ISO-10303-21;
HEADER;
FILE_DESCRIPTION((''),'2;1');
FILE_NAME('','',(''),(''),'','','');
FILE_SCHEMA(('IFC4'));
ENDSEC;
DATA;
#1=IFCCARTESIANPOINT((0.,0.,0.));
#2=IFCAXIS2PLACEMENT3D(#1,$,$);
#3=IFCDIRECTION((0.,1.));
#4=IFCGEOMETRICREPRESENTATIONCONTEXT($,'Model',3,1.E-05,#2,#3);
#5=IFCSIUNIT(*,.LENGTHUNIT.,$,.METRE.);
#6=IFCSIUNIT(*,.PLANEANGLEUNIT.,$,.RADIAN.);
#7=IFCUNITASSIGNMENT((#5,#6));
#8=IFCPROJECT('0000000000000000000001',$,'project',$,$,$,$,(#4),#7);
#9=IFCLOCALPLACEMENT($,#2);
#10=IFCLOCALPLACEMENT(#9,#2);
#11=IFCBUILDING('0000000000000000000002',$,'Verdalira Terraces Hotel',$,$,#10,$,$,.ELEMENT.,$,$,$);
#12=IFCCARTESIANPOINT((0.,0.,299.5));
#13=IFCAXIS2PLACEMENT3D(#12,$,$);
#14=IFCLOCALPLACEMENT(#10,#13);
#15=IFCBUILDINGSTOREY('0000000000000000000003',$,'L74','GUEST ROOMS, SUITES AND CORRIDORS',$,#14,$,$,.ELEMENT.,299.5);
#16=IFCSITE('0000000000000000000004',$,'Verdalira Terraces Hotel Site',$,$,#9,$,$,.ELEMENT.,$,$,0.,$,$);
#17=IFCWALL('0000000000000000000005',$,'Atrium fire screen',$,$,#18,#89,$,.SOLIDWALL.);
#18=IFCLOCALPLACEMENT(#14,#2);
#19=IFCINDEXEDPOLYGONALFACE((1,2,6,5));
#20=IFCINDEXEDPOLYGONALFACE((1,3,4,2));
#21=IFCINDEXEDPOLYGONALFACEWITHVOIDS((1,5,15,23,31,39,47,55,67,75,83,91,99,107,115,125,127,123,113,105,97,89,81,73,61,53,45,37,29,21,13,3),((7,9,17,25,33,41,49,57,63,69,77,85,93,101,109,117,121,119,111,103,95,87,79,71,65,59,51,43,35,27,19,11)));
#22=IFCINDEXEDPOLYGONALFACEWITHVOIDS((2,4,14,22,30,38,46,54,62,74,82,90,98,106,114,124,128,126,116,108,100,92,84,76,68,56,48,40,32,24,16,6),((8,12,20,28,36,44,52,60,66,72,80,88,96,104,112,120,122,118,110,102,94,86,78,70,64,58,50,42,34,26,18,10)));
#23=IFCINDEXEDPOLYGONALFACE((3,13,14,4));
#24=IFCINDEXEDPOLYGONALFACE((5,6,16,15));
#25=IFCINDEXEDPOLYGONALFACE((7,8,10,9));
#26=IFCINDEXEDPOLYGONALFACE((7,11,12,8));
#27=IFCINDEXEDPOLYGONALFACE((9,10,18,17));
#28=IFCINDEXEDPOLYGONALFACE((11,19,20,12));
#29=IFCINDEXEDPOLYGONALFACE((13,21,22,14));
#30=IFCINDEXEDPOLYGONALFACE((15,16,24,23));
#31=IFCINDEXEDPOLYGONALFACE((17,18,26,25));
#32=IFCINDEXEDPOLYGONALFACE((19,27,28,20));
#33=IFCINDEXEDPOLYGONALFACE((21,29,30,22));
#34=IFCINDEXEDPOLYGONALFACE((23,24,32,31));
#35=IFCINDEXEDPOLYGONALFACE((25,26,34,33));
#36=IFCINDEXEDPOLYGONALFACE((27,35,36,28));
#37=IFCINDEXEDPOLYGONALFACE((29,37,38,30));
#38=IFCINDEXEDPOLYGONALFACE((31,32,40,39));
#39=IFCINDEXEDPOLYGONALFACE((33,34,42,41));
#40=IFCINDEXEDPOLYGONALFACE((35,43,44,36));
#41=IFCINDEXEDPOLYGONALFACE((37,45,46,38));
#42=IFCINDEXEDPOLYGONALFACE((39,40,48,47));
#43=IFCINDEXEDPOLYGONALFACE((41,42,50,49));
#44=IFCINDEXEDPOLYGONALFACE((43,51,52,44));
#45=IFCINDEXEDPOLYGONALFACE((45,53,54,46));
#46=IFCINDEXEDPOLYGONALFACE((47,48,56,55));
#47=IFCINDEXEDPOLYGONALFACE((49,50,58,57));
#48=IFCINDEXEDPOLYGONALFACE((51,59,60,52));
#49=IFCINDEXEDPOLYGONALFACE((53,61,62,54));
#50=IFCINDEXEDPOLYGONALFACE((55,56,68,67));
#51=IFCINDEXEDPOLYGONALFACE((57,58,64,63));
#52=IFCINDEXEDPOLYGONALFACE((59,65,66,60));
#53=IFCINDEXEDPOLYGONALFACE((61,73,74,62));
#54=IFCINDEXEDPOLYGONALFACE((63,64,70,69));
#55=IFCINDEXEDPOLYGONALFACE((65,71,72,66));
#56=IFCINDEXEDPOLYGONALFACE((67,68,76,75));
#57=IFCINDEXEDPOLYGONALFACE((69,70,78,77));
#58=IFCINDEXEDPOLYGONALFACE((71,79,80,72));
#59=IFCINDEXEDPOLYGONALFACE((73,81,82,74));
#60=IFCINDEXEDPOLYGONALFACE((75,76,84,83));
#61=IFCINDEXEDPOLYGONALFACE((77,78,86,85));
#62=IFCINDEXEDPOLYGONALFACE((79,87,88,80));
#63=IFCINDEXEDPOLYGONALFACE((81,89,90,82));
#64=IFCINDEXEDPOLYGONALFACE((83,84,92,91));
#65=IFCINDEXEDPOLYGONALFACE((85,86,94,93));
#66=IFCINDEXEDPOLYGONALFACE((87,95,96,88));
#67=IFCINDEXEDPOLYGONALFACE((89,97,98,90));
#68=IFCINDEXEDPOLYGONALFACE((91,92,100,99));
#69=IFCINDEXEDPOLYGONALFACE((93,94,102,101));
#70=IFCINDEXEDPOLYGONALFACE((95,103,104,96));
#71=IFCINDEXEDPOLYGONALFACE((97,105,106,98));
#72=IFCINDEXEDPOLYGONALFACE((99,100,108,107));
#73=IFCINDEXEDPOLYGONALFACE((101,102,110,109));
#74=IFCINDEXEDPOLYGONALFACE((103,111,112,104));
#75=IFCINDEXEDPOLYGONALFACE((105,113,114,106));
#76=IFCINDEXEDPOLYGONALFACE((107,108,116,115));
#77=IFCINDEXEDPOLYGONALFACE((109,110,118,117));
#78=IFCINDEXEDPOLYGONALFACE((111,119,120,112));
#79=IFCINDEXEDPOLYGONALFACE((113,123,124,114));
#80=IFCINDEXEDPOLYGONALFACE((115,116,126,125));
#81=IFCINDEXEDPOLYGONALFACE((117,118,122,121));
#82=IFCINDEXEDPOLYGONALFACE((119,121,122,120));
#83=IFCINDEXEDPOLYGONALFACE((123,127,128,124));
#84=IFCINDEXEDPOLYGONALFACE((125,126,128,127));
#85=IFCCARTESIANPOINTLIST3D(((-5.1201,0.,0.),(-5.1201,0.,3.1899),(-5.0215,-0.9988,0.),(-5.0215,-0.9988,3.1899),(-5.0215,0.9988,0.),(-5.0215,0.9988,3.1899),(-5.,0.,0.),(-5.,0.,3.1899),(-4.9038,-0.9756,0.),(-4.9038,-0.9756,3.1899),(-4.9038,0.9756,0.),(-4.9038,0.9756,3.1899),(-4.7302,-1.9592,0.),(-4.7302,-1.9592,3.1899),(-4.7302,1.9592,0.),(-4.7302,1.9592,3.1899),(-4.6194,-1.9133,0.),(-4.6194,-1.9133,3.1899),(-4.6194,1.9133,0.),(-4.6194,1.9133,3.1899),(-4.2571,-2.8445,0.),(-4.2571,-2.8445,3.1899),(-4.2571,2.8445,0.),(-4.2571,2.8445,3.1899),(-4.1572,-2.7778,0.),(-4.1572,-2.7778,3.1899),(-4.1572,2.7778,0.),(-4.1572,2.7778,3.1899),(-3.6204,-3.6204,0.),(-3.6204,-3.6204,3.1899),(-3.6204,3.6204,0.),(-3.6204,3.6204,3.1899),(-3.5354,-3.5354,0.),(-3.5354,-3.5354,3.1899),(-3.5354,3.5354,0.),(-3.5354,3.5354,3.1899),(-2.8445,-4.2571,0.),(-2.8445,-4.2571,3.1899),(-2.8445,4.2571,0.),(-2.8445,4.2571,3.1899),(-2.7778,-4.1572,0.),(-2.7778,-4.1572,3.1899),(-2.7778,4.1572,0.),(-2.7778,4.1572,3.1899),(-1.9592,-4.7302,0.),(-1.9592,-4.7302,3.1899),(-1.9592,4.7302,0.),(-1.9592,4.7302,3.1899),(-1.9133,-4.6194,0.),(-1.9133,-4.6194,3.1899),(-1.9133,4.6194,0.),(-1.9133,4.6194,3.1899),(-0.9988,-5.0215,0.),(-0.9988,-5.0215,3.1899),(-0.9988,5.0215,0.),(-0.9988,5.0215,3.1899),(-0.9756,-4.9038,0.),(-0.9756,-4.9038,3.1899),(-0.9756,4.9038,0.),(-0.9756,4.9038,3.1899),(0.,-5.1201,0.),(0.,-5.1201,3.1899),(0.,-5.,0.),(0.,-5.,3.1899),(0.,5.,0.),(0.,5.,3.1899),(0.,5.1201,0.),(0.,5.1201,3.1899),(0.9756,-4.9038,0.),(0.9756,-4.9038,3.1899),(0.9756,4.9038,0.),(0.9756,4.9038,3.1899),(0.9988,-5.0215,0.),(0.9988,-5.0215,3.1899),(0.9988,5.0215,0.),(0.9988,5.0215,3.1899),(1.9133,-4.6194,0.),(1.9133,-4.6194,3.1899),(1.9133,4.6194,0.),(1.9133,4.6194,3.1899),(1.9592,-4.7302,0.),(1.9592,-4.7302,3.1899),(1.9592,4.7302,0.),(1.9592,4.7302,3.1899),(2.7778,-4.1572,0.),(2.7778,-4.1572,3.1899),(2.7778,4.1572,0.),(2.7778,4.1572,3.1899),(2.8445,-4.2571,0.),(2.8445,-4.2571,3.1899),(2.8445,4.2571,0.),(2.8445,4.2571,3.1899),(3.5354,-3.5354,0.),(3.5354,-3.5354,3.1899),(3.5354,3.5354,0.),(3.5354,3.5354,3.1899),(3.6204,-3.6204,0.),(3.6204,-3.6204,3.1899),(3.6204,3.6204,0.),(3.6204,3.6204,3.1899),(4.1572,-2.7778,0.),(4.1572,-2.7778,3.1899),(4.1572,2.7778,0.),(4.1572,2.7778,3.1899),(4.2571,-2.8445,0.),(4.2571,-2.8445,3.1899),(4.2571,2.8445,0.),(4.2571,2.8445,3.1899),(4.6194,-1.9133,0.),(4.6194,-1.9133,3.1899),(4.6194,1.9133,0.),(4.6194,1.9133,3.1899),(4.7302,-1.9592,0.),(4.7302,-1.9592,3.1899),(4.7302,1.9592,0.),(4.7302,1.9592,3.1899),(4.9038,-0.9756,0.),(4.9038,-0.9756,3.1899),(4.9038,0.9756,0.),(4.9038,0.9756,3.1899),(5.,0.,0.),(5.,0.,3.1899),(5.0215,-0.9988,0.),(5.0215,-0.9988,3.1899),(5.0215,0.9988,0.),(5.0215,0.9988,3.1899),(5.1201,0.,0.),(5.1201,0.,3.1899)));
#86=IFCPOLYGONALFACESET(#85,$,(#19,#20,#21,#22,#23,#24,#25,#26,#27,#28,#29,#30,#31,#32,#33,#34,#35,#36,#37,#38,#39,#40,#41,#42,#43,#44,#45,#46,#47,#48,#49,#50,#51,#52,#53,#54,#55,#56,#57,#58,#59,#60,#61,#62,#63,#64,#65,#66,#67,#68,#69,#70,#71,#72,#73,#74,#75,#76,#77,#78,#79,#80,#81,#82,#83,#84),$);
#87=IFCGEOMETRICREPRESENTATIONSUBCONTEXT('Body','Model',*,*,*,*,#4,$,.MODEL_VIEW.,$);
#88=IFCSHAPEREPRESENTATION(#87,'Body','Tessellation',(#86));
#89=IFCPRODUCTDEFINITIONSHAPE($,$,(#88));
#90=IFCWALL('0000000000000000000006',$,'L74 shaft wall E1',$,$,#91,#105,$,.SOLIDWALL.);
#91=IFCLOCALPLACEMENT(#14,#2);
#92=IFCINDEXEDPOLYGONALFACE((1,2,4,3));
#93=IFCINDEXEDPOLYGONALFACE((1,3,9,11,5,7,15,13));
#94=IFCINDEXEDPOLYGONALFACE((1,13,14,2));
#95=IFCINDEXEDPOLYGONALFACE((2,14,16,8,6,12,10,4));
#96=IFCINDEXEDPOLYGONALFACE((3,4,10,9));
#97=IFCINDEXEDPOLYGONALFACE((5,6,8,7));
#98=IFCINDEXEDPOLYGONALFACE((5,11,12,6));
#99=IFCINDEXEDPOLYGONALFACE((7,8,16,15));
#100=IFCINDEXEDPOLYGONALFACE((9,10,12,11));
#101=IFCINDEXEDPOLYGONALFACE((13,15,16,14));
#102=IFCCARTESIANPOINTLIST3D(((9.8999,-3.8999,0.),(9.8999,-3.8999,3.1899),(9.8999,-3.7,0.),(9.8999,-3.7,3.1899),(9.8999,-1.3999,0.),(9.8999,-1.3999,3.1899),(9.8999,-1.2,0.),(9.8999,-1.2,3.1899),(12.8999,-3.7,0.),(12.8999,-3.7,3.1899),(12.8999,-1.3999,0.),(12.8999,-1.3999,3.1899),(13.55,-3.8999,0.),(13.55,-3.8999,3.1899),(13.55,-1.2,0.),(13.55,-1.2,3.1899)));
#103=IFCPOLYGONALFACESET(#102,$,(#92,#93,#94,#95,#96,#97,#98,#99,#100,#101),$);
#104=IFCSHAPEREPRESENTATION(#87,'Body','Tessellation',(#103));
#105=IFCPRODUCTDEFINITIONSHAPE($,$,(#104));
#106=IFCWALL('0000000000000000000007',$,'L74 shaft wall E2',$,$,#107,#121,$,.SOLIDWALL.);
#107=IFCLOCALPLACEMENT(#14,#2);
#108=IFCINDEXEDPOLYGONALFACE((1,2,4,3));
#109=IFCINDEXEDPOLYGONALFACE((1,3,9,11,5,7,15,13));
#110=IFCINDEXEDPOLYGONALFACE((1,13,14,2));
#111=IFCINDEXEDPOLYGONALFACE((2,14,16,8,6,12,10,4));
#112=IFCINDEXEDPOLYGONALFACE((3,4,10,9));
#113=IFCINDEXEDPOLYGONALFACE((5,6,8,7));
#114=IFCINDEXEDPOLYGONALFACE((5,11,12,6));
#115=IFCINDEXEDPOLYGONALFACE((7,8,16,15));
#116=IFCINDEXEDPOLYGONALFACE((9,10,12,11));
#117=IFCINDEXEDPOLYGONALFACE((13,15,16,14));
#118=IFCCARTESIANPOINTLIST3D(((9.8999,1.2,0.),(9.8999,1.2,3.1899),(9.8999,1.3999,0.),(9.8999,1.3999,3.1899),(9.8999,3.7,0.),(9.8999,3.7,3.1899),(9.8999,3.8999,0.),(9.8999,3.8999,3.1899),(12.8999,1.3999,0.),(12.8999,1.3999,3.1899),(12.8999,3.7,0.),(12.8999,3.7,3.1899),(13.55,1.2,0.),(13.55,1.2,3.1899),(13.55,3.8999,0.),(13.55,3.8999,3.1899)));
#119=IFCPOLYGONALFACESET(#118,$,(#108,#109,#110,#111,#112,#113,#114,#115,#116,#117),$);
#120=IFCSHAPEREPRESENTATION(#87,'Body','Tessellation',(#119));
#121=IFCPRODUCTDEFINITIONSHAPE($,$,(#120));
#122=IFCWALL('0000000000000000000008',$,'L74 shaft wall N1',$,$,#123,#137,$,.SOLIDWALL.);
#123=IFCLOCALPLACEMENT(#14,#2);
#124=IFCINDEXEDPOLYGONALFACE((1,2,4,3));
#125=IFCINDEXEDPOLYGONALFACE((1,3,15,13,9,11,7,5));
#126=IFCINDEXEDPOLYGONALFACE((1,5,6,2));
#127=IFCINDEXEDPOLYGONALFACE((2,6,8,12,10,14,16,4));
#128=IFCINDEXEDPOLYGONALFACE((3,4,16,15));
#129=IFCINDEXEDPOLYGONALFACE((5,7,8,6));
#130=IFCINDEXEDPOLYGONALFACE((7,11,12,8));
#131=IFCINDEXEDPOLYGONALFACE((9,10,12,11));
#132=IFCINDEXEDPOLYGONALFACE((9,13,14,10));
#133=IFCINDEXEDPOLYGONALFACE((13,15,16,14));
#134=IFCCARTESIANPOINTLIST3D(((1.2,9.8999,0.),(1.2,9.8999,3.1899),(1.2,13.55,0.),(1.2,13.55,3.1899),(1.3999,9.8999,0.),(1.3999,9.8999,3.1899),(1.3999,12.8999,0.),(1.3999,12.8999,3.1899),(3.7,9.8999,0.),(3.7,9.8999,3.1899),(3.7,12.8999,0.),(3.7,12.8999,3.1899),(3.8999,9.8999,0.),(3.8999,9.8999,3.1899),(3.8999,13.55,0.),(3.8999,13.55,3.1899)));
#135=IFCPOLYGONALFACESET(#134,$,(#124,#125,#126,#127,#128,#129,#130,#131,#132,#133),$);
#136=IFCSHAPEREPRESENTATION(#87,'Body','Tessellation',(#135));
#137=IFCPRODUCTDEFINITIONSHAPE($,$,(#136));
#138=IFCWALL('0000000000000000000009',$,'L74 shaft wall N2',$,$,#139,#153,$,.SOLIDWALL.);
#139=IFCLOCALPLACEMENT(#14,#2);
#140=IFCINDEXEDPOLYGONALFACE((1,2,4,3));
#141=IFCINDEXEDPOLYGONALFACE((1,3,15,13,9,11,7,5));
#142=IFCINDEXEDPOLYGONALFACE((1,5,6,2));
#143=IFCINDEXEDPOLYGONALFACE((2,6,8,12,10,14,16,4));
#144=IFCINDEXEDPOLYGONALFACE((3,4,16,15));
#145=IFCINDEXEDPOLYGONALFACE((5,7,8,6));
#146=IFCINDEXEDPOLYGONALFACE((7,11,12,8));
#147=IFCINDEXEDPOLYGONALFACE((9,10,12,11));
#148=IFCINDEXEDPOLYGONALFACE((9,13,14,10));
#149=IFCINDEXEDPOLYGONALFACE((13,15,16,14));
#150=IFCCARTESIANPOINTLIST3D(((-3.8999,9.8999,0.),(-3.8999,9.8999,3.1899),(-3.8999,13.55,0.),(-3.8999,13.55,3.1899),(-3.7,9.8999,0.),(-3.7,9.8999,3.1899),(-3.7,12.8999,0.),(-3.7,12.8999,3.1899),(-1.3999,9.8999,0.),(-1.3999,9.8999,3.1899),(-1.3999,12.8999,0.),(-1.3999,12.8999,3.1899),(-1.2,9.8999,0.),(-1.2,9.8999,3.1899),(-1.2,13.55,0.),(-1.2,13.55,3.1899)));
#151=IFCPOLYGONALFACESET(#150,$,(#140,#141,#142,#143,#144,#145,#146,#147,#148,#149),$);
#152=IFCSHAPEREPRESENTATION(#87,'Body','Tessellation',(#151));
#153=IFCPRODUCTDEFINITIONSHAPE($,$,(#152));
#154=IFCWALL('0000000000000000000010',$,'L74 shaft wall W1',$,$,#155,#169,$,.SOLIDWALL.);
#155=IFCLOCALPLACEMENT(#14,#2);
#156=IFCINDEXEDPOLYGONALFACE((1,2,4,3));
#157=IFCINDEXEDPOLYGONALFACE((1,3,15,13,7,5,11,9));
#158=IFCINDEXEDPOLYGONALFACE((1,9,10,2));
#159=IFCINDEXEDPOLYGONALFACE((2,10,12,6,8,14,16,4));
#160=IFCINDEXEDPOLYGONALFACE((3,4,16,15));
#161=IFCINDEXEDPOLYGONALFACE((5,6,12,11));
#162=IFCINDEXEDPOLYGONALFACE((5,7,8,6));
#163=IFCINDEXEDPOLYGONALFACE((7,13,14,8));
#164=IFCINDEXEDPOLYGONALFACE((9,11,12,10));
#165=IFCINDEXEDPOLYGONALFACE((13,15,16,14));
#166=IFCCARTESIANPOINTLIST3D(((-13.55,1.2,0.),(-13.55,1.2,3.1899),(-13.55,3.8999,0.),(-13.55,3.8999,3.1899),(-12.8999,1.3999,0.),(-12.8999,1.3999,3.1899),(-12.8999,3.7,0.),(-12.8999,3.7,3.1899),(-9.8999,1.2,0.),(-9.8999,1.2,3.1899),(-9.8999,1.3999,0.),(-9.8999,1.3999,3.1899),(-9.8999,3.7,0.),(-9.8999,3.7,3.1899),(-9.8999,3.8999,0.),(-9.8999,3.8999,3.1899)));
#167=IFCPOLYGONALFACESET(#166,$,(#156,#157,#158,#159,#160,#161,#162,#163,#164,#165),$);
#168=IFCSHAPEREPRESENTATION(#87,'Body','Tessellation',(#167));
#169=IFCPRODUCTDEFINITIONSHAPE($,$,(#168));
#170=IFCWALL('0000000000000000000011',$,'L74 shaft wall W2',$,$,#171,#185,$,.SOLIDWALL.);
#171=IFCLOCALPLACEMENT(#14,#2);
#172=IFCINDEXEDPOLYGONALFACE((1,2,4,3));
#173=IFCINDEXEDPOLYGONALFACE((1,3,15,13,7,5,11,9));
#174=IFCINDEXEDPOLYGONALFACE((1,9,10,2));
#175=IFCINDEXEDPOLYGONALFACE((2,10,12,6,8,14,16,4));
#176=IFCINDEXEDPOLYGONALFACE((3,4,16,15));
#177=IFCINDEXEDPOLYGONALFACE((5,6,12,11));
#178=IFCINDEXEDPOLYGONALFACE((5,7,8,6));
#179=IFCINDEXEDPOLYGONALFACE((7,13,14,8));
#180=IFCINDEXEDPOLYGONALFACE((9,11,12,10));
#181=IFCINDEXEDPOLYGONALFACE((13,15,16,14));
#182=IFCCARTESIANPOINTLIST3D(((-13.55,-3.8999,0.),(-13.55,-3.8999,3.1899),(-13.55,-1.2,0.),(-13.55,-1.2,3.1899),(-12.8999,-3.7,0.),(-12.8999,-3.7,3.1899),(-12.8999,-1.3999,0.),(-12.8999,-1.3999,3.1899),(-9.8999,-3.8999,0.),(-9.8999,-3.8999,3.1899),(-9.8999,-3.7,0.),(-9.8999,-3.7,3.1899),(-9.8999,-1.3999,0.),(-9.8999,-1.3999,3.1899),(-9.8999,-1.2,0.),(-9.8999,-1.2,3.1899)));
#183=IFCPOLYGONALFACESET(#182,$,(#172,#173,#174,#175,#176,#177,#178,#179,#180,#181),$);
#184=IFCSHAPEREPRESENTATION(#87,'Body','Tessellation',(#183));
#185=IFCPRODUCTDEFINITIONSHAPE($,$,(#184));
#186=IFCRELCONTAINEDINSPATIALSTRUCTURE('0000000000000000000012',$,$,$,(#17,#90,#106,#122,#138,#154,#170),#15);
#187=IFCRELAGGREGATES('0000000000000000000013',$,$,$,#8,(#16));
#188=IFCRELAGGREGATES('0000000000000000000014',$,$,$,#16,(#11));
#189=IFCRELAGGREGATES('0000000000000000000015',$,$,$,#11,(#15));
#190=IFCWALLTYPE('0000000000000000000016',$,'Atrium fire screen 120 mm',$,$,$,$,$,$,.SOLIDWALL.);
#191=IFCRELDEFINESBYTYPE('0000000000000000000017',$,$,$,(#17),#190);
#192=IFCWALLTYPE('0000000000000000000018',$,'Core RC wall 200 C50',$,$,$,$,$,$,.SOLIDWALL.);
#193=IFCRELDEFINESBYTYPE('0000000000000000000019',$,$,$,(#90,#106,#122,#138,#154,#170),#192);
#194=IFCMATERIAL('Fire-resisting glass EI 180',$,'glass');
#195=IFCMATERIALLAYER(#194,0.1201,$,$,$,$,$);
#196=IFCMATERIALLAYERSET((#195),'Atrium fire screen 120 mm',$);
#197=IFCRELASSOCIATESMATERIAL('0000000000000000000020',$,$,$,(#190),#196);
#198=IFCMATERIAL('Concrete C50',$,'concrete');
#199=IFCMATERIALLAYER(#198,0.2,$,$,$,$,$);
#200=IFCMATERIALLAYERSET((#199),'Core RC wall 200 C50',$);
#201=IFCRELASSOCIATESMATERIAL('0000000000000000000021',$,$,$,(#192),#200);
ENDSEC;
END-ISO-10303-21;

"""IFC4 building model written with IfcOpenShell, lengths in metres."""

from ifc_helpers import new_model, si_unit, direction, frame, origin, place, context, subcontext, project, spatial, polyline, outline, extrude, material, layer, layer_set, type_object, element, save


model = new_model("IFC4")

# Units and contexts
model_context = context("Model", 3, precision=1e-05, world=origin(), true_north=direction((0.0, 1.0)))
body_context = subcontext(model_context, "Body", "Model", "MODEL_VIEW")
ifc_project = project(units=[si_unit("LENGTHUNIT", "METRE"), si_unit("PLANEANGLEUNIT", "RADIAN")], contexts=[model_context])

# Site, building, storey
site_placement = place(None, origin())
site = spatial("IfcSite", under=ifc_project, at=site_placement, Name="Verdalira Terraces Hotel Site", CompositionType="ELEMENT", RefElevation=0.0)
building_placement = place(site_placement, origin())
building = spatial("IfcBuilding", under=site, at=building_placement, Name="Verdalira Terraces Hotel", CompositionType="ELEMENT")
storey_placement = place(building_placement, frame((0.0, 0.0, 299.5)))
storey = spatial("IfcBuildingStorey", under=building, at=storey_placement, Name="L74", Description="GUEST ROOMS, SUITES AND CORRIDORS", CompositionType="ELEMENT", Elevation=299.5)

# Walls
ifc_material_1 = material(Name="Fire-resisting glass EI 180", Category="glass")
ifc_layer_1 = layer(ifc_material_1, 0.1201)
ifc_layer_set_1 = layer_set([ifc_layer_1], Name="Atrium fire screen 120 mm")
wall_type_1 = type_object("IfcWallType", Name="Atrium fire screen 120 mm", PredefinedType="SOLIDWALL", material=ifc_layer_set_1)
wall_1_placement = place(storey_placement, origin())
element("IfcWall", 1, at=wall_1_placement, inside=storey, type_object=wall_type_1, Name="Atrium fire screen", PredefinedType="SOLIDWALL", context=body_context, shape_type="SweptSolid", body=[
    extrude(outline(polyline([(5.0215, -0.9988), (4.7302, -1.9592), (4.2571, -2.8445), (3.6204, -3.6204), (2.8445, -4.2571), (1.9592, -4.7302), (0.9988, -5.0215), (0.0, -5.1201), (-0.9988, -5.0215), (-1.9592, -4.7302), (-2.8445, -4.2571), (-3.6204, -3.6204), (-4.2571, -2.8445), (-4.7302, -1.9592), (-5.0215, -0.9988), (-5.1201, 0.0), (-5.0215, 0.9988), (-4.7302, 1.9592), (-4.2571, 2.8445), (-3.6204, 3.6204), (-2.8445, 4.2571), (-1.9592, 4.7302), (-0.9988, 5.0215), (0.0, 5.1201), (0.9988, 5.0215), (1.9592, 4.7302), (2.8445, 4.2571), (3.6204, 3.6204), (4.2571, 2.8445), (4.7302, 1.9592), (5.0215, 0.9988), (5.1201, 0.0), (5.0215, -0.9988)]), holes=[polyline([(4.9038, 0.9756), (4.6194, 1.9133), (4.1572, 2.7778), (3.5354, 3.5354), (2.7778, 4.1572), (1.9133, 4.6194), (0.9756, 4.9038), (0.0, 5.0), (-0.9756, 4.9038), (-1.9133, 4.6194), (-2.7778, 4.1572), (-3.5354, 3.5354), (-4.1572, 2.7778), (-4.6194, 1.9133), (-4.9038, 0.9756), (-5.0, 0.0), (-4.9038, -0.9756), (-4.6194, -1.9133), (-4.1572, -2.7778), (-3.5354, -3.5354), (-2.7778, -4.1572), (-1.9133, -4.6194), (-0.9756, -4.9038), (0.0, -5.0), (0.9756, -4.9038), (1.9133, -4.6194), (2.7778, -4.1572), (3.5354, -3.5354), (4.1572, -2.7778), (4.6194, -1.9133), (4.9038, -0.9756), (5.0, 0.0), (4.9038, 0.9756)])]), origin(), (0.0, 0.0, 1.0), 3.1899),
])
ifc_material_2 = material(Name="Concrete C50", Category="concrete")
ifc_layer_2 = layer(ifc_material_2, 0.2)
ifc_layer_set_2 = layer_set([ifc_layer_2], Name="Core RC wall 200 C50")
wall_type_2 = type_object("IfcWallType", Name="Core RC wall 200 C50", PredefinedType="SOLIDWALL", material=ifc_layer_set_2)
wall_2_placement = place(storey_placement, origin())
element("IfcWall", 2, at=wall_2_placement, inside=storey, type_object=wall_type_2, Name="L74 shaft wall E1", PredefinedType="SOLIDWALL", context=body_context, shape_type="SweptSolid", body=[
    extrude(outline(polyline([(13.55, -3.8999), (9.8999, -3.8999), (9.8999, -3.7), (12.8999, -3.7), (12.8999, -1.3999), (9.8999, -1.3999), (9.8999, -1.2), (13.55, -1.2), (13.55, -3.8999)])), origin(), (0.0, 0.0, 1.0), 3.1899),
])
wall_3_placement = place(storey_placement, origin())
element("IfcWall", 3, at=wall_3_placement, inside=storey, type_object=wall_type_2, Name="L74 shaft wall E2", PredefinedType="SOLIDWALL", context=body_context, shape_type="SweptSolid", body=[
    extrude(outline(polyline([(13.55, 3.8999), (13.55, 1.2), (9.8999, 1.2), (9.8999, 1.3999), (12.8999, 1.3999), (12.8999, 3.7), (9.8999, 3.7), (9.8999, 3.8999), (13.55, 3.8999)])), origin(), (0.0, 0.0, 1.0), 3.1899),
])
wall_4_placement = place(storey_placement, origin())
element("IfcWall", 4, at=wall_4_placement, inside=storey, type_object=wall_type_2, Name="L74 shaft wall N1", PredefinedType="SOLIDWALL", context=body_context, shape_type="SweptSolid", body=[
    extrude(outline(polyline([(3.8999, 9.8999), (3.7, 9.8999), (3.7, 12.8999), (1.3999, 12.8999), (1.3999, 9.8999), (1.2, 9.8999), (1.2, 13.55), (3.8999, 13.55), (3.8999, 9.8999)])), origin(), (0.0, 0.0, 1.0), 3.1899),
])
wall_5_placement = place(storey_placement, origin())
element("IfcWall", 5, at=wall_5_placement, inside=storey, type_object=wall_type_2, Name="L74 shaft wall N2", PredefinedType="SOLIDWALL", context=body_context, shape_type="SweptSolid", body=[
    extrude(outline(polyline([(-3.8999, 13.55), (-1.2, 13.55), (-1.2, 9.8999), (-1.3999, 9.8999), (-1.3999, 12.8999), (-3.7, 12.8999), (-3.7, 9.8999), (-3.8999, 9.8999), (-3.8999, 13.55)])), origin(), (0.0, 0.0, 1.0), 3.1899),
])
wall_6_placement = place(storey_placement, origin())
element("IfcWall", 6, at=wall_6_placement, inside=storey, type_object=wall_type_2, Name="L74 shaft wall W1", PredefinedType="SOLIDWALL", context=body_context, shape_type="SweptSolid", body=[
    extrude(outline(polyline([(-13.55, 3.8999), (-9.8999, 3.8999), (-9.8999, 3.7), (-12.8999, 3.7), (-12.8999, 1.3999), (-9.8999, 1.3999), (-9.8999, 1.2), (-13.55, 1.2), (-13.55, 3.8999)])), origin(), (0.0, 0.0, 1.0), 3.1899),
])
wall_7_placement = place(storey_placement, origin())
element("IfcWall", 7, at=wall_7_placement, inside=storey, type_object=wall_type_2, Name="L74 shaft wall W2", PredefinedType="SOLIDWALL", context=body_context, shape_type="SweptSolid", body=[
    extrude(outline(polyline([(-13.55, -3.8999), (-13.55, -1.2), (-9.8999, -1.2), (-9.8999, -1.3999), (-12.8999, -1.3999), (-12.8999, -3.7), (-9.8999, -3.7), (-9.8999, -3.8999), (-13.55, -3.8999)])), origin(), (0.0, 0.0, 1.0), 3.1899),
])

save(model, "model.ifc")
